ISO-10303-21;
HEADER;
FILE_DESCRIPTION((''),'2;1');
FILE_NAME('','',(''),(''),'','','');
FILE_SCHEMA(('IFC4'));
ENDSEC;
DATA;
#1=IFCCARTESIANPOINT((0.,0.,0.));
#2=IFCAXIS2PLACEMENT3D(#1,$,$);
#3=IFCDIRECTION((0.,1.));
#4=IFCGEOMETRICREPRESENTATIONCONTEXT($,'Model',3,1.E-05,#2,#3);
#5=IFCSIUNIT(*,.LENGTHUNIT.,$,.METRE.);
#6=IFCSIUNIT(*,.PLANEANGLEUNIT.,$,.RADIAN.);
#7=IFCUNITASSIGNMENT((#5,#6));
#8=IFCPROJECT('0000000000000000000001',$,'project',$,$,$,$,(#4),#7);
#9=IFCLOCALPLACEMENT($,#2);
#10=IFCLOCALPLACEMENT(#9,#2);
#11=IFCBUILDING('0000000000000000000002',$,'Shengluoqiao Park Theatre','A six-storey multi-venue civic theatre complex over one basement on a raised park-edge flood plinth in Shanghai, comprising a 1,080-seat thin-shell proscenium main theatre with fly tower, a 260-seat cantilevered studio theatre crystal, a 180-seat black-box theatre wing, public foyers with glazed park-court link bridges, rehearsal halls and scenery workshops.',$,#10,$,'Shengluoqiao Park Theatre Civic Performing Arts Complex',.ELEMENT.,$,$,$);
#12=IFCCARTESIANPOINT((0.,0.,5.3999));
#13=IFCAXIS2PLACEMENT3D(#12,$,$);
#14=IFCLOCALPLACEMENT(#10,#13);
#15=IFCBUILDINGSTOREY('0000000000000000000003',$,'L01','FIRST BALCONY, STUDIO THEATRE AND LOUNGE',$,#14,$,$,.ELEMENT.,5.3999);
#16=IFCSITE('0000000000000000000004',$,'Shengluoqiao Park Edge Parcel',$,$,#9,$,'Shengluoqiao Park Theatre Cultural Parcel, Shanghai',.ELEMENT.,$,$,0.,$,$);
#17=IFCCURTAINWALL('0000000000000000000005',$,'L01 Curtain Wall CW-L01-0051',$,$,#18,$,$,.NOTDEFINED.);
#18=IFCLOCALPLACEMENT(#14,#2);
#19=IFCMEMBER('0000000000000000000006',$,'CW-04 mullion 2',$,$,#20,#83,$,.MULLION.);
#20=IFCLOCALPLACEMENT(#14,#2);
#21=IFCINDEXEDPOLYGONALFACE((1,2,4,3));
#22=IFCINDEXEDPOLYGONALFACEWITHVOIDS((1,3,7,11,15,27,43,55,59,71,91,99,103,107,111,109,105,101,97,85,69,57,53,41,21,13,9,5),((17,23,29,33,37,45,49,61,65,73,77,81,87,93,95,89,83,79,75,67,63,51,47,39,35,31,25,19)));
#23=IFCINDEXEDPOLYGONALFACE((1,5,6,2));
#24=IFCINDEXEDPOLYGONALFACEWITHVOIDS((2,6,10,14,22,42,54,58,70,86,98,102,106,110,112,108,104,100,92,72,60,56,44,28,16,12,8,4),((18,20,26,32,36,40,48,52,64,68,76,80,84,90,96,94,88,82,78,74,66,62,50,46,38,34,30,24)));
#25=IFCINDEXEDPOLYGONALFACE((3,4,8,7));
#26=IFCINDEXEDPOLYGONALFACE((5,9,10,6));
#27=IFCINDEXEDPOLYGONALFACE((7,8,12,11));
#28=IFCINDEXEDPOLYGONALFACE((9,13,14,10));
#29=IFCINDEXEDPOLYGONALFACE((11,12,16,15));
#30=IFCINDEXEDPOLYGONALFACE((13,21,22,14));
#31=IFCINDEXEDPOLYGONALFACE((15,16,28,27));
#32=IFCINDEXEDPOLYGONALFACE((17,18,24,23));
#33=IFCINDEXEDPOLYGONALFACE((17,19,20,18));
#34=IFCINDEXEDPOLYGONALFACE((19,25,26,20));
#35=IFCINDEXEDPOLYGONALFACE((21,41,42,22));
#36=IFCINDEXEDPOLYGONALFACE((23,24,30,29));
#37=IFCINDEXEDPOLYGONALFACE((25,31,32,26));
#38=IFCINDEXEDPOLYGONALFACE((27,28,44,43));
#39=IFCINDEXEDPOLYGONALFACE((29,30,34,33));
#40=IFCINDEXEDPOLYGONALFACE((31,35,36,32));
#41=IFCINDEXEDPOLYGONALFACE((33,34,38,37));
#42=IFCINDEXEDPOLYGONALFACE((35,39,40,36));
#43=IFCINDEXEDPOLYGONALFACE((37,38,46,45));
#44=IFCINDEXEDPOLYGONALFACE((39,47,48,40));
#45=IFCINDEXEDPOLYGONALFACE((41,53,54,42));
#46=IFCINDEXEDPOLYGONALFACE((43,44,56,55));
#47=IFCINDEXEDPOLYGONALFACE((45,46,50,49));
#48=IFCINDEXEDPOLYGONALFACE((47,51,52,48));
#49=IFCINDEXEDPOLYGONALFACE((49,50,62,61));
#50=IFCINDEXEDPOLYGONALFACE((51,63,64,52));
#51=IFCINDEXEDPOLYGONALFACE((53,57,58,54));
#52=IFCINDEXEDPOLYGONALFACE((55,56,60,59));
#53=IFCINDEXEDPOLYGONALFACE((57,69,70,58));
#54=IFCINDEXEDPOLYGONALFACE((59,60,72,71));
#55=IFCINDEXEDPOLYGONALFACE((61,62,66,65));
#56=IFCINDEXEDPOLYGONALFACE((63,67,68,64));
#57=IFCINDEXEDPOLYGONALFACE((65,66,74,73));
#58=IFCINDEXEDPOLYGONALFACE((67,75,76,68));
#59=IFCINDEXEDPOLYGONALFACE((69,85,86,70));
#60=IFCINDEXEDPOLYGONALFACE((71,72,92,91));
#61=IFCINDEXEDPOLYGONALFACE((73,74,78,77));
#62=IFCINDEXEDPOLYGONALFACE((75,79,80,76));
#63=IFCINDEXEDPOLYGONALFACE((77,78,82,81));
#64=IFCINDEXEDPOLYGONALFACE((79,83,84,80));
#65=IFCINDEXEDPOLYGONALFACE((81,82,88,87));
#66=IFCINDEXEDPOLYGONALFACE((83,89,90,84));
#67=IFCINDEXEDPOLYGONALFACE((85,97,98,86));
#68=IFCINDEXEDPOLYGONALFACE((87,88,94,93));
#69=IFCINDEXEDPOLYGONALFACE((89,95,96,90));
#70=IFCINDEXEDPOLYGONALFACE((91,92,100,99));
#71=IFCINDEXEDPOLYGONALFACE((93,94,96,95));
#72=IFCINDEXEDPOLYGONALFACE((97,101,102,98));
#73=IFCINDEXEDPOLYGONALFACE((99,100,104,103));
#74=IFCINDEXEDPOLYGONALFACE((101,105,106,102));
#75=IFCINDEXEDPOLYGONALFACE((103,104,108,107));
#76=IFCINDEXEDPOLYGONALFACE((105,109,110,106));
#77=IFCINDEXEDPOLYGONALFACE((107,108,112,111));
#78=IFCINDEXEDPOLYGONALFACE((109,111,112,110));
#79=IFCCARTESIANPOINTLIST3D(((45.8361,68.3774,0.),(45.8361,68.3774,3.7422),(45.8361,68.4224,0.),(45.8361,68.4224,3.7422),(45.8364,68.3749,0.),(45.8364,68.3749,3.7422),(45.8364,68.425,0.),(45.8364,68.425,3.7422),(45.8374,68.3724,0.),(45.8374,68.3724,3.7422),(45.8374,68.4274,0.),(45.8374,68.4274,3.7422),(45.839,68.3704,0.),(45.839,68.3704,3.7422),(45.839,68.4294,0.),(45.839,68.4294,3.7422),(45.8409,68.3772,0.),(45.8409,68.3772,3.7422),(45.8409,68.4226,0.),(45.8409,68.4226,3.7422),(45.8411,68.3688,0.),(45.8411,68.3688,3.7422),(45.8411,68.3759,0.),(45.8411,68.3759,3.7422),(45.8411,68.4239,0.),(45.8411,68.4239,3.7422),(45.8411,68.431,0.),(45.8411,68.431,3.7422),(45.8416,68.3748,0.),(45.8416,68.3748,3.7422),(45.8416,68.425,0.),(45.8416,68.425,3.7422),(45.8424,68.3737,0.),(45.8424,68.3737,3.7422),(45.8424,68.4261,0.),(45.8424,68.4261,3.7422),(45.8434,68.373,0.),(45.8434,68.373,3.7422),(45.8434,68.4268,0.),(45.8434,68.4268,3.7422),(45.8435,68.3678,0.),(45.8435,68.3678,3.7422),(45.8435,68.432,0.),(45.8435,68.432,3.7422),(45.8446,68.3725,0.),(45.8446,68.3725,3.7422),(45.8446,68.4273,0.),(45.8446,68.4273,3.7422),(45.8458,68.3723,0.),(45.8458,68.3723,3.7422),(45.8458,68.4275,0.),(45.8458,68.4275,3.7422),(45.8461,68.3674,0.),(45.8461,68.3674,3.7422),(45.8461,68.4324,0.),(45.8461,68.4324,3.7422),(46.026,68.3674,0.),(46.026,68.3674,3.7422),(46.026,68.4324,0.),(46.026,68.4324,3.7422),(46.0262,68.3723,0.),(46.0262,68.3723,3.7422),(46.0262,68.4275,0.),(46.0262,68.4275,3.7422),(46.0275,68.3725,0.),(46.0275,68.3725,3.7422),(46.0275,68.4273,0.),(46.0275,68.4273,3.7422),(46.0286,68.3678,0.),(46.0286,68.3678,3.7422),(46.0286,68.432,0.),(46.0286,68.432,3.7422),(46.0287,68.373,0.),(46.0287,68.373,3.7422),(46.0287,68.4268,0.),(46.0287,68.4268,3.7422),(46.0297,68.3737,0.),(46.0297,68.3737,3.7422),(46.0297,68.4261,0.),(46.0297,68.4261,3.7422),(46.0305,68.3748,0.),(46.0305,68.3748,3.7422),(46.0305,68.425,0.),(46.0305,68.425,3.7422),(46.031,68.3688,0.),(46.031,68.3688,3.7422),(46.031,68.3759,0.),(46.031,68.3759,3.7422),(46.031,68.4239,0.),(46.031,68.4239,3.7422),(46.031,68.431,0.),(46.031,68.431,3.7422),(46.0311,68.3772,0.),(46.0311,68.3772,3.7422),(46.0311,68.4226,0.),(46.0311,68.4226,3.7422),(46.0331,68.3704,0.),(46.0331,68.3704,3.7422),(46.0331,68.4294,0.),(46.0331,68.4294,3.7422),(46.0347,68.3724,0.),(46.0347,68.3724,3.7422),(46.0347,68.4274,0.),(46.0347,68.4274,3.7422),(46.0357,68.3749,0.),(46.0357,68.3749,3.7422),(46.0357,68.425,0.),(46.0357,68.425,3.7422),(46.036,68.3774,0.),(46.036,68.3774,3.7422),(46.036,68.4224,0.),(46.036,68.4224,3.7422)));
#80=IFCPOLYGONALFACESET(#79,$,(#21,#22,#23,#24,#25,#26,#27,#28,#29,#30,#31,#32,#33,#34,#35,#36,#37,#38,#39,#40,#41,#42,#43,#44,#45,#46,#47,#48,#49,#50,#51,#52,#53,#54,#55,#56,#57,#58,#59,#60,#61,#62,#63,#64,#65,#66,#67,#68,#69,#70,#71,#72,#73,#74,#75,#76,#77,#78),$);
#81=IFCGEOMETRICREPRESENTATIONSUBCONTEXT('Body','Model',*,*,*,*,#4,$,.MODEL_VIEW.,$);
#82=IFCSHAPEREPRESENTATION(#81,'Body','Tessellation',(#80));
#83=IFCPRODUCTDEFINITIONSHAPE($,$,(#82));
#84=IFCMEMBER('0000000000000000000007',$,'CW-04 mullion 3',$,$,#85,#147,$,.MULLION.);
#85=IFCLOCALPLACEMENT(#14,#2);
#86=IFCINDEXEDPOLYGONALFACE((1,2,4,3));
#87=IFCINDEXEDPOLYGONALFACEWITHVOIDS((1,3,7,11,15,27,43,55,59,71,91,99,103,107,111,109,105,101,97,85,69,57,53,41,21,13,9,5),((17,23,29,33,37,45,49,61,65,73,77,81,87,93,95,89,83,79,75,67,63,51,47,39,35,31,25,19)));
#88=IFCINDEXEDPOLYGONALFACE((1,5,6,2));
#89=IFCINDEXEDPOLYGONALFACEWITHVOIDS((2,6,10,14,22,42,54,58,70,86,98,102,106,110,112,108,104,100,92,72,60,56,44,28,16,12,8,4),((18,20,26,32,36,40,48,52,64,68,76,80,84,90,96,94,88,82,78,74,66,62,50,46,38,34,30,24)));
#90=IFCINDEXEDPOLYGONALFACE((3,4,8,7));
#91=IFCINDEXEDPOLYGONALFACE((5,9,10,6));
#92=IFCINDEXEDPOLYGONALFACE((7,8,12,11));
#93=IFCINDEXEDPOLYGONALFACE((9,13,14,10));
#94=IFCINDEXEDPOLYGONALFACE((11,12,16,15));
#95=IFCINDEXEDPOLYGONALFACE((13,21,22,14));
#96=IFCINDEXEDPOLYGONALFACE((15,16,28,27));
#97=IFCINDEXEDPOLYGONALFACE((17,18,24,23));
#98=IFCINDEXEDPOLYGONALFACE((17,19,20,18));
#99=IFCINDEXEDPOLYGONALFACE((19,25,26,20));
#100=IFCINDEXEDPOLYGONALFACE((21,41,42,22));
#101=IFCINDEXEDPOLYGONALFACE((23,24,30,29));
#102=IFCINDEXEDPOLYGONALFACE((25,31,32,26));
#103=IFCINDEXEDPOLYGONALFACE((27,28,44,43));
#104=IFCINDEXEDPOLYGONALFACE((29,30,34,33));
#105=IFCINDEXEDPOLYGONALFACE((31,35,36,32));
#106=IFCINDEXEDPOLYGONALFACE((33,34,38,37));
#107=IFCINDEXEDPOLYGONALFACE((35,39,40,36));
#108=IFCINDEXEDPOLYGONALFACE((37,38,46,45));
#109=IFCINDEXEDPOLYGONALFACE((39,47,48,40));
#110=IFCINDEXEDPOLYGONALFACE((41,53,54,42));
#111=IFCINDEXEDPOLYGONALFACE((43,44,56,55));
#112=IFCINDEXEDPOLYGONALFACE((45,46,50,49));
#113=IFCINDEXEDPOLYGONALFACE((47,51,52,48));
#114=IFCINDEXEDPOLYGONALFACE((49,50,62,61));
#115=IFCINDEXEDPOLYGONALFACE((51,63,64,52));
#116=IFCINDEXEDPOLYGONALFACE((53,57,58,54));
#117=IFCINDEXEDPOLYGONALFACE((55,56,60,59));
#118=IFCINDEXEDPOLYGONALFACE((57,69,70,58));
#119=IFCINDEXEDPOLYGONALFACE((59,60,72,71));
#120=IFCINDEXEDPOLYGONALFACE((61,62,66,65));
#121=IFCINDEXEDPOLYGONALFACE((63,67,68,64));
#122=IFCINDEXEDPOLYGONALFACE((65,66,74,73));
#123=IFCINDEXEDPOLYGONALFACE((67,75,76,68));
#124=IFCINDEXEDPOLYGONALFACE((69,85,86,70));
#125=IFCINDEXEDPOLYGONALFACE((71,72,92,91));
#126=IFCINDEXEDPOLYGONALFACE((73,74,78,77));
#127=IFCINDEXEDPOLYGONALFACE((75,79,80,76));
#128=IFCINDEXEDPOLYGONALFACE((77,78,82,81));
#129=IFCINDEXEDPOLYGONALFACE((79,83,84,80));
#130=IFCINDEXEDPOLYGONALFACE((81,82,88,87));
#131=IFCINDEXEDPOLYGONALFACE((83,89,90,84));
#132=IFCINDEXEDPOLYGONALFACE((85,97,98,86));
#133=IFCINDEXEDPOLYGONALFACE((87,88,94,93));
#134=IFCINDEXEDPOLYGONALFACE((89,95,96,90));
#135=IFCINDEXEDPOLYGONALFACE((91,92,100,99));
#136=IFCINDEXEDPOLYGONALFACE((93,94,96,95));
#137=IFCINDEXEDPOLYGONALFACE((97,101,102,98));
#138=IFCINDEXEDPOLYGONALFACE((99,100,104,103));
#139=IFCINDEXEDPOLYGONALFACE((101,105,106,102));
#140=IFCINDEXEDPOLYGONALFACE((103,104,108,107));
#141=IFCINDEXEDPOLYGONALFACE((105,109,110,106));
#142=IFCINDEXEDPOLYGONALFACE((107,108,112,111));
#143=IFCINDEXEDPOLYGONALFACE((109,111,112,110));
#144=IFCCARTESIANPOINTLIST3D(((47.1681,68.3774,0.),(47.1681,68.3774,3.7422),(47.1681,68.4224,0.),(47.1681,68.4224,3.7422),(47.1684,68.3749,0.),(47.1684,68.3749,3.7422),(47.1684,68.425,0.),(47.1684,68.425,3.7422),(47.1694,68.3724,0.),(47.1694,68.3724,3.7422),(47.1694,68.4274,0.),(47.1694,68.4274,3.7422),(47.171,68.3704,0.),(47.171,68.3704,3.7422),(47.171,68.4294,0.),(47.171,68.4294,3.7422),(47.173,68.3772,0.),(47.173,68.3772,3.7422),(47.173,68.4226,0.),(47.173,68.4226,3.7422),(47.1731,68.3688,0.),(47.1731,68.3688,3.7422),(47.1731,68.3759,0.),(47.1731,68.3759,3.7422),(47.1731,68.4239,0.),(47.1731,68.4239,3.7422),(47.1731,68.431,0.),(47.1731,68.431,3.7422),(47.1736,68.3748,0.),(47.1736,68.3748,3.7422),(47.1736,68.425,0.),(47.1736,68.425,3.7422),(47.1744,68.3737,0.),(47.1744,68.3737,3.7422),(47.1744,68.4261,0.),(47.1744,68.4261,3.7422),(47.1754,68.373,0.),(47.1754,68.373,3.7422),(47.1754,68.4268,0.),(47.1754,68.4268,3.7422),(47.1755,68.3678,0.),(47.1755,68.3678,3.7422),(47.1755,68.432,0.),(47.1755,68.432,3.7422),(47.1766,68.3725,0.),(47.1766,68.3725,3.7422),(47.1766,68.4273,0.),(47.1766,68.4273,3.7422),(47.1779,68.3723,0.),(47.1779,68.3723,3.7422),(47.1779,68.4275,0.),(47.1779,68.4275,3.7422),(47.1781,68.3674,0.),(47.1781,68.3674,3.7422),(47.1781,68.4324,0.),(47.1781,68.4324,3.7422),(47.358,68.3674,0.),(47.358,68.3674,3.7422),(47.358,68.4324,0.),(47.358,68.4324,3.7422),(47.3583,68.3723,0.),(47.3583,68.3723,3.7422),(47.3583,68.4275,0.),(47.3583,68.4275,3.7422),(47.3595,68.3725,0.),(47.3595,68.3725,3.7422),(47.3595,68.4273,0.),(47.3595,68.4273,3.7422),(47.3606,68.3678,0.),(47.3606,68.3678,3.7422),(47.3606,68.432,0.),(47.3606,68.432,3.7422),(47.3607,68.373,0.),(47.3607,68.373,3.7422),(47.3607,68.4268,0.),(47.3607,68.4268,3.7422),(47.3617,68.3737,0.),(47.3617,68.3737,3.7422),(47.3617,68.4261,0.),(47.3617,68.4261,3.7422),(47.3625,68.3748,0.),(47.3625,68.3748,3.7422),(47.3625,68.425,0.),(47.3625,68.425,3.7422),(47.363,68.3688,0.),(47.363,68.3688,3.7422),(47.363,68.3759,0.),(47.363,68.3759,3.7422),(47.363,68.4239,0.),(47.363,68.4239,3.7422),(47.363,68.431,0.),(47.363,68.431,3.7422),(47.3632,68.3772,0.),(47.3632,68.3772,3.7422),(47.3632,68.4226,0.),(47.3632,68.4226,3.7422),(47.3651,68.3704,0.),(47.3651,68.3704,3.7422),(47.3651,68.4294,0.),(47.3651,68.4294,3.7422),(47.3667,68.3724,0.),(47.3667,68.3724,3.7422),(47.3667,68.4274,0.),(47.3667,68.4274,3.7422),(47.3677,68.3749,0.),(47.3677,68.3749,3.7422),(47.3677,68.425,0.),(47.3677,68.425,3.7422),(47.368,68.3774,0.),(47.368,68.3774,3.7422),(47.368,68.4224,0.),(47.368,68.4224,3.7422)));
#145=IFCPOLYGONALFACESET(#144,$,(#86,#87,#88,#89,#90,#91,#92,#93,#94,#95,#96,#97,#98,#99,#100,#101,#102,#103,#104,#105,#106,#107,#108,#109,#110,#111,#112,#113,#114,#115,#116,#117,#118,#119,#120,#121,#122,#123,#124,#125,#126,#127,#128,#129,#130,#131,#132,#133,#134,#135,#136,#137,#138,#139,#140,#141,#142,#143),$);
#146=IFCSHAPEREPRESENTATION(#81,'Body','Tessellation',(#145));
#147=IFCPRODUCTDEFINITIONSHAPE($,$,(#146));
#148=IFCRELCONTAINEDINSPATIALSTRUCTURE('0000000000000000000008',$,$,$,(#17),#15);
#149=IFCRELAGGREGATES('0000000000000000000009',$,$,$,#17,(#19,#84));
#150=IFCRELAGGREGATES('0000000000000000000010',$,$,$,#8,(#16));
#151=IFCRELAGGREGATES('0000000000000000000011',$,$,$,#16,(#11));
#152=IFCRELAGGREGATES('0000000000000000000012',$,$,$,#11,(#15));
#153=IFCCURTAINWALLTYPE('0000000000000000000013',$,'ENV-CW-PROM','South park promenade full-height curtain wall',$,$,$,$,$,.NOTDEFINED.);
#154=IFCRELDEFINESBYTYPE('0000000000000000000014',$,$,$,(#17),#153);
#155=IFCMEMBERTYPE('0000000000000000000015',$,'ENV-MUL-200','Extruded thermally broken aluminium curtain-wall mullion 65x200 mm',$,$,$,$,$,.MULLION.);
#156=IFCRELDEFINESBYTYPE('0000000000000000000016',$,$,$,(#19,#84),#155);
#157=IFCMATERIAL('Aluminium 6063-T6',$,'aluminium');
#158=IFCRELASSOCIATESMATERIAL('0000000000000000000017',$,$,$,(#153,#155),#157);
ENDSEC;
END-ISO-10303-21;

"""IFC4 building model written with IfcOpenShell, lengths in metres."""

from ifc_helpers import new_model, si_unit, direction, frame, origin, origin_2d, place, context, subcontext, project, spatial, hollow_rectangle, extrude, material, material_profile, profile_set, type_object, element, aggregate, save


model = new_model("IFC4")

# Units and contexts
model_context = context("Model", 3, precision=1e-05, world=origin(), true_north=direction((0.0, 1.0)))
body_context = subcontext(model_context, "Body", "Model", "MODEL_VIEW")
ifc_project = project(units=[si_unit("LENGTHUNIT", "METRE"), si_unit("PLANEANGLEUNIT", "RADIAN")], contexts=[model_context])

# Site, building, storey
site_placement = place(None, origin())
site = spatial("IfcSite", under=ifc_project, at=site_placement, Name="Shengluoqiao Park Edge Parcel", LongName="Shengluoqiao Park Theatre Cultural Parcel, Shanghai", CompositionType="ELEMENT", RefElevation=0.0)
building_placement = place(site_placement, origin())
building = spatial("IfcBuilding", under=site, at=building_placement, Name="Shengluoqiao Park Theatre", Description="A six-storey multi-venue civic theatre complex over one basement on a raised park-edge flood plinth in Shanghai, comprising a 1,080-seat thin-shell proscenium main theatre with fly tower, a 260-seat cantilevered studio theatre crystal, a 180-seat black-box theatre wing, public foyers with glazed park-court link bridges, rehearsal halls and scenery workshops.", LongName="Shengluoqiao Park Theatre Civic Performing Arts Complex", CompositionType="ELEMENT")
storey_placement = place(building_placement, frame((0.0, 0.0, 5.3999)))
storey = spatial("IfcBuildingStorey", under=building, at=storey_placement, Name="L01", Description="FIRST BALCONY, STUDIO THEATRE AND LOUNGE", CompositionType="ELEMENT", Elevation=5.3999)

# Curtain wall, members
ifc_material_1 = material(Name="Aluminium 6063-T6", Category="aluminium")
curtain_wall_type = type_object("IfcCurtainWallType", Name="ENV-CW-PROM", Description="South park promenade full-height curtain wall", PredefinedType="NOTDEFINED", material=ifc_material_1)
curtain_wall_placement = place(storey_placement, origin())
curtain_wall = element("IfcCurtainWall", 1, at=curtain_wall_placement, inside=storey, type_object=curtain_wall_type, Name="L01 Curtain Wall CW-L01-0051", PredefinedType="NOTDEFINED")
ifc_material_profile_1 = material_profile(ifc_material_1, hollow_rectangle(XDim=0.0649, YDim=0.2, WallThickness=0.0049, InnerFilletRadius=0.0049, OuterFilletRadius=0.01, at=origin_2d()), Name="ALU MULLION 200x65x5")
ifc_profile_set_1 = profile_set([ifc_material_profile_1], Name="Aluminium 6063-T6")
member_type_1 = type_object("IfcMemberType", Name="ENV-MUL-200", Description="Extruded thermally broken aluminium curtain-wall mullion 65x200 mm", PredefinedType="MULLION", material=ifc_profile_set_1)
member_1_placement = place(storey_placement, frame((45.936, 68.3999, 0.0), z_axis=(0.0, 0.0, 1.0), x_axis=(0.0, 1.0, 0.0)))
member_1 = element("IfcMember", 2, at=member_1_placement, type_object=member_type_1, Name="CW-04 mullion 2", PredefinedType="MULLION", context=body_context, shape_type="SweptSolid", body=[
    extrude(hollow_rectangle(XDim=0.0649, YDim=0.2, WallThickness=0.0049, InnerFilletRadius=0.0049, OuterFilletRadius=0.01, at=origin_2d()), origin(), (0.0, 0.0, 1.0), 3.7422),
])
member_2_placement = place(storey_placement, frame((47.2681, 68.3999, 0.0), z_axis=(0.0, 0.0, 1.0), x_axis=(0.0, 1.0, 0.0)))
member_2 = element("IfcMember", 3, at=member_2_placement, type_object=member_type_1, Name="CW-04 mullion 3", PredefinedType="MULLION", context=body_context, shape_type="SweptSolid", body=[
    extrude(hollow_rectangle(XDim=0.0649, YDim=0.2, WallThickness=0.0049, InnerFilletRadius=0.0049, OuterFilletRadius=0.01, at=origin_2d()), origin(), (0.0, 0.0, 1.0), 3.7422),
])

aggregate(curtain_wall, [member_1, member_2])

save(model, "model.ifc")
